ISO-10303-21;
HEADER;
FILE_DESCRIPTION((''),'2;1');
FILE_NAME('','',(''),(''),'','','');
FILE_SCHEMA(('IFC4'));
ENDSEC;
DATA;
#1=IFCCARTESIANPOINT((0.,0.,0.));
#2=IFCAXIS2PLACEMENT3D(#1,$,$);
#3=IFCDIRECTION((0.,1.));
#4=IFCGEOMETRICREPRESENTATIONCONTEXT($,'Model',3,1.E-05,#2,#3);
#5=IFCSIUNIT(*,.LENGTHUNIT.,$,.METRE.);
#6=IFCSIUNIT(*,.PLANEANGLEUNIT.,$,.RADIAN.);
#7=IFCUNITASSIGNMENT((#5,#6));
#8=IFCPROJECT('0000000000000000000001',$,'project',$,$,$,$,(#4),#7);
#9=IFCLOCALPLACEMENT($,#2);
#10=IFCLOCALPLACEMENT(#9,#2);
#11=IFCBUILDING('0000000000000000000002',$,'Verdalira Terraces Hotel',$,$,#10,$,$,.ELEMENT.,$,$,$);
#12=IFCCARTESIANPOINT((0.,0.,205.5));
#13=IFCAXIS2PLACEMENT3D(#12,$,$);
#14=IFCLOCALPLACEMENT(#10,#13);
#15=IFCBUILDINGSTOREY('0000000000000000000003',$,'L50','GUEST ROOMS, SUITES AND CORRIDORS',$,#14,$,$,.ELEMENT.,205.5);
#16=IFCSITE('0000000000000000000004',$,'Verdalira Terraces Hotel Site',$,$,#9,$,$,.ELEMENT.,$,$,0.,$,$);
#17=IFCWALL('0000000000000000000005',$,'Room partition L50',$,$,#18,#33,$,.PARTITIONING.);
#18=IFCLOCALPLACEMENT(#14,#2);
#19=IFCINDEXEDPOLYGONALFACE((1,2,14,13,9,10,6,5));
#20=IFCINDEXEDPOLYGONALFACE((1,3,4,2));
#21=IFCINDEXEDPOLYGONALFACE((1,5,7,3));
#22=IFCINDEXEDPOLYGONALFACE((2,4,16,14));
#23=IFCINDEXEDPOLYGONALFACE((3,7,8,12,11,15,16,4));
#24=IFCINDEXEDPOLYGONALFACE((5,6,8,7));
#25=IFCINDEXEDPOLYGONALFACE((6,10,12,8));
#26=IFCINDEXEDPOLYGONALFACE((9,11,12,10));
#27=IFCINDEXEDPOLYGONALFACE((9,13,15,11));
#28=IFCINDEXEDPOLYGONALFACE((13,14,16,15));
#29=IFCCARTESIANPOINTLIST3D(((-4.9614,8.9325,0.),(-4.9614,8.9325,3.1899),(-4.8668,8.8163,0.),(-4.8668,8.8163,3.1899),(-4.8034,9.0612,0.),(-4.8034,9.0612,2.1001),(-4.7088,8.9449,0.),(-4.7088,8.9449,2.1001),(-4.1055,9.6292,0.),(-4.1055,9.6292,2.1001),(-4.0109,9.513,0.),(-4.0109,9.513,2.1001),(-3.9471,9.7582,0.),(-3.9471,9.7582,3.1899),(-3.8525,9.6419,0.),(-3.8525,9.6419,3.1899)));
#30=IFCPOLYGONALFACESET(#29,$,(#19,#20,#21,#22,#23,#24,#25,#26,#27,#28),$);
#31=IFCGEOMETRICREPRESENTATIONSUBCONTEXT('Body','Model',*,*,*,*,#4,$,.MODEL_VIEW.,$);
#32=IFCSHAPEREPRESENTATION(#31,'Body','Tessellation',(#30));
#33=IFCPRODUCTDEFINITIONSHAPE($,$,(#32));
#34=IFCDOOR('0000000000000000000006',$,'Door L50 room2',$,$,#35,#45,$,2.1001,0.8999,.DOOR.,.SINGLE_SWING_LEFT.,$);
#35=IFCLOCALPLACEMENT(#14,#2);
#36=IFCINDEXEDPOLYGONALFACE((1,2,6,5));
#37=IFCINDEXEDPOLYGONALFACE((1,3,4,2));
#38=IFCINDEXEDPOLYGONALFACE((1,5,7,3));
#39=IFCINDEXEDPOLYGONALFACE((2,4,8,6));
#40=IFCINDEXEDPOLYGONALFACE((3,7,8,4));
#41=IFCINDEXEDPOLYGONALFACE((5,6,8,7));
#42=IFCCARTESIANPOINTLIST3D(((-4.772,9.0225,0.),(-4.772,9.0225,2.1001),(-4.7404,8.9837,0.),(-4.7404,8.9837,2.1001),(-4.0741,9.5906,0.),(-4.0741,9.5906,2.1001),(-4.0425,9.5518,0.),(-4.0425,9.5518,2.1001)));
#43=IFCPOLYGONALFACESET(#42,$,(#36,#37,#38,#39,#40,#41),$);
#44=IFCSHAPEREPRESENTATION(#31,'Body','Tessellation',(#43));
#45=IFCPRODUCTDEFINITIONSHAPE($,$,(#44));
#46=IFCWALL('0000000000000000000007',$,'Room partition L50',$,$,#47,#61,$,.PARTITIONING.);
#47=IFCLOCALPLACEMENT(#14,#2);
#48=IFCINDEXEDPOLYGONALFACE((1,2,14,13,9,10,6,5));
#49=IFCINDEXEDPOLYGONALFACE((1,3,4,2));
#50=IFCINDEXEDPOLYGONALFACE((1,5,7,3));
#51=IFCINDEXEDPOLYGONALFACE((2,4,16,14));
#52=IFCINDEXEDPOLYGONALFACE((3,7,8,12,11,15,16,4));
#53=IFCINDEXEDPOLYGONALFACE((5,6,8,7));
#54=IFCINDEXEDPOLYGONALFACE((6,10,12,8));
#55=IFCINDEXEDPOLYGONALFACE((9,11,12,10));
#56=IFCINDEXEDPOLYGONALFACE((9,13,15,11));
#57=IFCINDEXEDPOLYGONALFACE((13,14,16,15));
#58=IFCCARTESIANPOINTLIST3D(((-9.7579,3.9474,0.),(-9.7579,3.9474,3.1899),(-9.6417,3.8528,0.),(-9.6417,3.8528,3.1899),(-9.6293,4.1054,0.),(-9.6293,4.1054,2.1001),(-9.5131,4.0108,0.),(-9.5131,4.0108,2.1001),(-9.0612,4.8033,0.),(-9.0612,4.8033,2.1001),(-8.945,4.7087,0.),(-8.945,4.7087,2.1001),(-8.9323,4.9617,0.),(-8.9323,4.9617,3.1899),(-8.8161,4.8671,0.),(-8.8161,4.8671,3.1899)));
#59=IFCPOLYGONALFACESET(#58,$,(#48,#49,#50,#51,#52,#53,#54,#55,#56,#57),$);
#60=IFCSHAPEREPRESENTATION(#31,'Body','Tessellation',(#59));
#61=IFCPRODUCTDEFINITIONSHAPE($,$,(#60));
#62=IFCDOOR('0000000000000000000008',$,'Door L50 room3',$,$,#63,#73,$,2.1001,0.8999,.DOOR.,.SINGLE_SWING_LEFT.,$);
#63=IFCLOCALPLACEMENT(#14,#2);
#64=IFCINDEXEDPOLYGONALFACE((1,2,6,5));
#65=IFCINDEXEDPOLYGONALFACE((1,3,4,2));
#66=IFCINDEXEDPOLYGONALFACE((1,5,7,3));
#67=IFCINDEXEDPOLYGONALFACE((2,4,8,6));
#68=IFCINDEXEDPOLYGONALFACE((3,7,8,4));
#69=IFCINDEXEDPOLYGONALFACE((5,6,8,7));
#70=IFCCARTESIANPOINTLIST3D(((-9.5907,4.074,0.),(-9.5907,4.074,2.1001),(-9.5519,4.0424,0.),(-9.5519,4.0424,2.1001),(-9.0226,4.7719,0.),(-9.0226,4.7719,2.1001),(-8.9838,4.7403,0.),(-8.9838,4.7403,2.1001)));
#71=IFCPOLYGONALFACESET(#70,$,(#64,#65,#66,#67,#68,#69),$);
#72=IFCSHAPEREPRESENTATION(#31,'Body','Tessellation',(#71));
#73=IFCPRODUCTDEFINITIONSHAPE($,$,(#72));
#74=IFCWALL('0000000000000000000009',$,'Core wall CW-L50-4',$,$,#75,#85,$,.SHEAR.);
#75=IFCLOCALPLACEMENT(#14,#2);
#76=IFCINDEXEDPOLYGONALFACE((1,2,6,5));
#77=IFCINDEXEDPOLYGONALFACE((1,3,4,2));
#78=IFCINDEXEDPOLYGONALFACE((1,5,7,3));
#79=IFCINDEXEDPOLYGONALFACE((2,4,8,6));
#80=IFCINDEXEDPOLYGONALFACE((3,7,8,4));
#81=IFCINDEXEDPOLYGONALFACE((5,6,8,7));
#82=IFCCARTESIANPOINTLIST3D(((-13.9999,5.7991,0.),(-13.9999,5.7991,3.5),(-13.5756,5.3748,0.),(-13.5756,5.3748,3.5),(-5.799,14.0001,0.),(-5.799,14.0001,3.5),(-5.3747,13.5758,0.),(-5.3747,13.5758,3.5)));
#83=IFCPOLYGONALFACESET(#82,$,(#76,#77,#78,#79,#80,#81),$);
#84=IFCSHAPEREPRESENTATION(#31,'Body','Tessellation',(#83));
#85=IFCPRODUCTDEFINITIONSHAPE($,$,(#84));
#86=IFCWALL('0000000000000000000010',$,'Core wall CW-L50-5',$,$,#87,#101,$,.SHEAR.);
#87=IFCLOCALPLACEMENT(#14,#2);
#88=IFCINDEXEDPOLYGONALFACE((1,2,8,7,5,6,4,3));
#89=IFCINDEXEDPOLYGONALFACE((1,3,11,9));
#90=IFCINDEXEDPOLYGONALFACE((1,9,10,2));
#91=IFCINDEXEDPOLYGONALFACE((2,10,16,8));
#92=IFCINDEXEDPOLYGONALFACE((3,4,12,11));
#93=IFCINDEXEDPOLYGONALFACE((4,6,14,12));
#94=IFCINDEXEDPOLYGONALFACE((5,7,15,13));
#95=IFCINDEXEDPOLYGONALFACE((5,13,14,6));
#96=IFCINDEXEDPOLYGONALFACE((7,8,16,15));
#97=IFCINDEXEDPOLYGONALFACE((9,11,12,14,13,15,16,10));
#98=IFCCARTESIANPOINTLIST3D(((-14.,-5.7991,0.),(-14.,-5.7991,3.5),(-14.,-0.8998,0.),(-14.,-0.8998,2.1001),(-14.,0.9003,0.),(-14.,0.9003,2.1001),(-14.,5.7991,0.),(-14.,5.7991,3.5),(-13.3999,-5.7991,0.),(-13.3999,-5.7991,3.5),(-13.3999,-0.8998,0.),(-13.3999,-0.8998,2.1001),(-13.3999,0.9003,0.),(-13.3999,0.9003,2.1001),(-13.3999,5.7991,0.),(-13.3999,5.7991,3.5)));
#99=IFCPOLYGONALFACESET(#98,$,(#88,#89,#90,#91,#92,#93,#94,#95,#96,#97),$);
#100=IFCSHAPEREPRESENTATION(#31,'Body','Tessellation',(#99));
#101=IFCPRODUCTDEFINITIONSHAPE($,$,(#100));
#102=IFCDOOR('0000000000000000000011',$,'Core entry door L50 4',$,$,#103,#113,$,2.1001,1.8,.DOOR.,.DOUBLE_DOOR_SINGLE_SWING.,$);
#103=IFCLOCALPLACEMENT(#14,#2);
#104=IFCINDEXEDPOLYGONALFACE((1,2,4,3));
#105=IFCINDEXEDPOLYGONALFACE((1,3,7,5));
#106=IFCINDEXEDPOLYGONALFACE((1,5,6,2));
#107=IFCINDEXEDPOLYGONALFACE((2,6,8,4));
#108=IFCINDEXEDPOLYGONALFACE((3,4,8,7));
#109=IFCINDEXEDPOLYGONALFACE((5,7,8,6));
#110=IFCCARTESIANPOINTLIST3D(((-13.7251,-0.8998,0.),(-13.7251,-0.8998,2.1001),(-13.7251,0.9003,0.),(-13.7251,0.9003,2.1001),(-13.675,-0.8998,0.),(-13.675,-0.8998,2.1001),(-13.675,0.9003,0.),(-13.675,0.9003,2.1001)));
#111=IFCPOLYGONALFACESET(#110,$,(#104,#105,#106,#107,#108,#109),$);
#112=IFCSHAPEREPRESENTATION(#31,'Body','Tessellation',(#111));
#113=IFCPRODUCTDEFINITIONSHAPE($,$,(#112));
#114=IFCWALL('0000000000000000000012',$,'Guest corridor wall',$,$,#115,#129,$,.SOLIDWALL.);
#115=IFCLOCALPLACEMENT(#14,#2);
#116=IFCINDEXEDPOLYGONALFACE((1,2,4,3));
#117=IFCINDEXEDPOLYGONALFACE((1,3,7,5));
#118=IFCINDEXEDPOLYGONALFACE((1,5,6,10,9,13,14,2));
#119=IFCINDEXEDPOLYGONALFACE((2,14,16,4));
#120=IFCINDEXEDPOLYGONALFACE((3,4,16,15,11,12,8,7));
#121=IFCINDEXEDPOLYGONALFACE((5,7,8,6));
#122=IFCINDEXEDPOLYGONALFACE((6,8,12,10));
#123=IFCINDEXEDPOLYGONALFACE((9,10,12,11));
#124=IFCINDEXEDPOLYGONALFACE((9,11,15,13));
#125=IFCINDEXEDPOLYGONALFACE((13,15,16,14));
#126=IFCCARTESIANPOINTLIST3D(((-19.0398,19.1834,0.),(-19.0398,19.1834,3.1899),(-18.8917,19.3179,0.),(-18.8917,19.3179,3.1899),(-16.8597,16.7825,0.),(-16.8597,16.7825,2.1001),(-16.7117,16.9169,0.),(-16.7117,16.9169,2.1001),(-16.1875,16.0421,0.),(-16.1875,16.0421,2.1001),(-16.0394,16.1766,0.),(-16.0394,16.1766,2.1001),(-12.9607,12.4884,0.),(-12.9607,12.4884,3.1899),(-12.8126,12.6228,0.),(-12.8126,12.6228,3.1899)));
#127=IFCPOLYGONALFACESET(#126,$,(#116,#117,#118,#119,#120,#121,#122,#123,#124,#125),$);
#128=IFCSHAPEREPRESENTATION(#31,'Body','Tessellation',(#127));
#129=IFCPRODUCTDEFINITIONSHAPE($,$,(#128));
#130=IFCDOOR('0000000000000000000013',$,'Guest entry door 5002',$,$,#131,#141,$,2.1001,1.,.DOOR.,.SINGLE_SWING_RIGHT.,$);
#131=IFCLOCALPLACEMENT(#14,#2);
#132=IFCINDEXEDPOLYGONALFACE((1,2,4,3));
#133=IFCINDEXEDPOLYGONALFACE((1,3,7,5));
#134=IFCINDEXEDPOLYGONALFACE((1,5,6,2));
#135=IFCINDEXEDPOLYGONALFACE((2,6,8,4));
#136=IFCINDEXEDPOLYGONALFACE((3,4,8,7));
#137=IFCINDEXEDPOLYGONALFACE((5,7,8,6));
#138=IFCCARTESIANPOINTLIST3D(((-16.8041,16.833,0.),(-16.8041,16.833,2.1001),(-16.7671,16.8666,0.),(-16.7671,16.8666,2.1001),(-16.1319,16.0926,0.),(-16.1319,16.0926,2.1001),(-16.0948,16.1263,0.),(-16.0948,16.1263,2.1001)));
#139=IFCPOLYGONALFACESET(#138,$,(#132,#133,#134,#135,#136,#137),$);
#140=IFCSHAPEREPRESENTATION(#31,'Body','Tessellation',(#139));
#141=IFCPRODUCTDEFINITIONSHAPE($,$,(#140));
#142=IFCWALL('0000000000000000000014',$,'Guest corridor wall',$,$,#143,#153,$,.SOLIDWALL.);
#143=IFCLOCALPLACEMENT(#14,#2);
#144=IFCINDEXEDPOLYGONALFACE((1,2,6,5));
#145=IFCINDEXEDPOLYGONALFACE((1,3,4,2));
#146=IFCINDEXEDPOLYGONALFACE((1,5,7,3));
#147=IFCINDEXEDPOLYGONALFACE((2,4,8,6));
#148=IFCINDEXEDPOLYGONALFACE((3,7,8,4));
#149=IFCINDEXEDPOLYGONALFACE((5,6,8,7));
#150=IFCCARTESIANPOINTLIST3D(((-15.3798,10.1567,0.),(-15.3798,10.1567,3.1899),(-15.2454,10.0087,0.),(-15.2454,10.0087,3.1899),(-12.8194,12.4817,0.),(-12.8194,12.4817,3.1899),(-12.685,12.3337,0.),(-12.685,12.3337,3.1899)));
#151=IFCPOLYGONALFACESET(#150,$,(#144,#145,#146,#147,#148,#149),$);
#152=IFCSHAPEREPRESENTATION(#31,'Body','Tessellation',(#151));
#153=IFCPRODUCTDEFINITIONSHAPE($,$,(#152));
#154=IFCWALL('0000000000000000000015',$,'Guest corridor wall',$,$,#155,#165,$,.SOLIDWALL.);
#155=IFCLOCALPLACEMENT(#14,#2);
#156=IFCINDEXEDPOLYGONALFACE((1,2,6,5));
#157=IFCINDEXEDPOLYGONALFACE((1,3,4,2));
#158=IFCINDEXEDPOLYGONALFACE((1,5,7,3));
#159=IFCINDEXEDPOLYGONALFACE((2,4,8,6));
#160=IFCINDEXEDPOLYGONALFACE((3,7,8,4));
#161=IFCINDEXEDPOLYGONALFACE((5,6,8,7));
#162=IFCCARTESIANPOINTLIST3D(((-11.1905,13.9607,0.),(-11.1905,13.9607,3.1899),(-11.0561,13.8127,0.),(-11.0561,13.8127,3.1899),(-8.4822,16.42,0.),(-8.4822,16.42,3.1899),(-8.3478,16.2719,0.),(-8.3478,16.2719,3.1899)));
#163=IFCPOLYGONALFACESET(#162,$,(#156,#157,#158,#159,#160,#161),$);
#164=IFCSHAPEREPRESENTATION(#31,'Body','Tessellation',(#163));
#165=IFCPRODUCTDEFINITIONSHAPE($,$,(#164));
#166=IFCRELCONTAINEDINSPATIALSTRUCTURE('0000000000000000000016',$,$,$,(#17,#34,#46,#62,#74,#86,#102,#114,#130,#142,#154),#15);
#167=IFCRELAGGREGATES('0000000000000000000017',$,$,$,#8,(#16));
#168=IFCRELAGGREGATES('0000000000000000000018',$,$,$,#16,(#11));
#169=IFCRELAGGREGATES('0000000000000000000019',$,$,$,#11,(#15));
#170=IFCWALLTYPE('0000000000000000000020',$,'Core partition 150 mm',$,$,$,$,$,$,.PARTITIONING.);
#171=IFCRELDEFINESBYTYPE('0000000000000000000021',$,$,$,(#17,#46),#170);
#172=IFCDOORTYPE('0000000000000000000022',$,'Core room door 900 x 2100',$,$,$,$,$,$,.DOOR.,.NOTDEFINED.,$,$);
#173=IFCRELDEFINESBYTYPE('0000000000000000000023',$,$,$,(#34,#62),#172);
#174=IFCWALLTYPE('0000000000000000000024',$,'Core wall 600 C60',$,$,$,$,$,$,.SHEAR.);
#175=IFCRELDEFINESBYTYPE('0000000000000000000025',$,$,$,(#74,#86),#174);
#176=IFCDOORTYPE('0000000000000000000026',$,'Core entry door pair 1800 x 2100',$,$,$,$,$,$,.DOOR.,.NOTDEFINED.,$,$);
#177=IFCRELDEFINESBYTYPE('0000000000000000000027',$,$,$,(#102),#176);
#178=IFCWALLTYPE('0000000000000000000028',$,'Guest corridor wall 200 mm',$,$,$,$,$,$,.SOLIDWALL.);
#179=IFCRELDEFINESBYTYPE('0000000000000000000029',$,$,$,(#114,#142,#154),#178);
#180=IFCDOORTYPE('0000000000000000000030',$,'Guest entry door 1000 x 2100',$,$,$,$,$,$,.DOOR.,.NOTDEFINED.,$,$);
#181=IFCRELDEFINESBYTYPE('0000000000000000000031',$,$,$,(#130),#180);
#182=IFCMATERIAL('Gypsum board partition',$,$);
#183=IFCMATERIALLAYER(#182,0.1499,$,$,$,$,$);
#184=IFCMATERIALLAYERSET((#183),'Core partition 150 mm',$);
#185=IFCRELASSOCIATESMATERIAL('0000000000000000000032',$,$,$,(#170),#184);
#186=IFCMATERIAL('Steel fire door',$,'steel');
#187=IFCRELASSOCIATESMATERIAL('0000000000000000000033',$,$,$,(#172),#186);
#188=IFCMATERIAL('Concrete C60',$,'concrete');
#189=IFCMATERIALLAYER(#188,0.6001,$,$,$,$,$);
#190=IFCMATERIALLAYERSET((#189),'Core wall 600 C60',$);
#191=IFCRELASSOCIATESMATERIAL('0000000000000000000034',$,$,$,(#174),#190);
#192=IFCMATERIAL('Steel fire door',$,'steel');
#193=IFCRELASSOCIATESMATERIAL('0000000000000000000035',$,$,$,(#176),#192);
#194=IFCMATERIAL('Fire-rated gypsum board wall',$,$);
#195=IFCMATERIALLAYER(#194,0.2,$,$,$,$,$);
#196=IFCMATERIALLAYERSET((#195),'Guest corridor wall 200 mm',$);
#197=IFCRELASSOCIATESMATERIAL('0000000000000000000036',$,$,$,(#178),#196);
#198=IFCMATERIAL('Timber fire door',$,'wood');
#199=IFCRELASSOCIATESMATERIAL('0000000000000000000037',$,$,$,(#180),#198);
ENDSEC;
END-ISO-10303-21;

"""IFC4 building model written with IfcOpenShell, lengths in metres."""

from ifc_helpers import new_model, si_unit, direction, frame, frame_2d, origin, place, context, subcontext, project, spatial, rectangle, extrude, material, layer, layer_set, type_object, element, fill, save


model = new_model("IFC4")

# Units and contexts
model_context = context("Model", 3, precision=1e-05, world=origin(), true_north=direction((0.0, 1.0)))
body_context = subcontext(model_context, "Body", "Model", "MODEL_VIEW")
ifc_project = project(units=[si_unit("LENGTHUNIT", "METRE"), si_unit("PLANEANGLEUNIT", "RADIAN")], contexts=[model_context])

# Site, building, storey
site_placement = place(None, origin())
site = spatial("IfcSite", under=ifc_project, at=site_placement, Name="Verdalira Terraces Hotel Site", CompositionType="ELEMENT", RefElevation=0.0)
building_placement = place(site_placement, origin())
building = spatial("IfcBuilding", under=site, at=building_placement, Name="Verdalira Terraces Hotel", CompositionType="ELEMENT")
storey_placement = place(building_placement, frame((0.0, 0.0, 205.5)))
storey = spatial("IfcBuildingStorey", under=building, at=storey_placement, Name="L50", Description="GUEST ROOMS, SUITES AND CORRIDORS", CompositionType="ELEMENT", Elevation=205.5)

# Walls, openings, doors
ifc_material_1 = material(Name="Gypsum board partition")
ifc_layer_1 = layer(ifc_material_1, 0.1499)
ifc_layer_set_1 = layer_set([ifc_layer_1], Name="Core partition 150 mm")
wall_type_1 = type_object("IfcWallType", Name="Core partition 150 mm", PredefinedType="PARTITIONING", material=ifc_layer_set_1)
wall_1_placement = place(storey_placement, frame((-3.8999, 9.7, 0.0), z_axis=(0.0, 0.0, 1.0), x_axis=(-0.77556, -0.631274, 0.0)))
wall_1 = element("IfcWall", 1, at=wall_1_placement, inside=storey, type_object=wall_type_1, Name="Room partition L50", PredefinedType="PARTITIONING", context=body_context, shape_type="SweptSolid", body=[
    extrude(rectangle(XDim=1.3079, YDim=0.1499, at=frame_2d((0.6538, 0.0))), origin(), (0.0, 0.0, 1.0), 3.1899),
])
opening_1_placement = place(wall_1_placement, frame((0.2041, 0.0, 0.0)))
opening_1 = element("IfcOpeningElement", 2, at=opening_1_placement, cuts=wall_1, PredefinedType="OPENING", context=body_context, shape_type="SweptSolid", body=[
    extrude(rectangle(XDim=0.8999, YDim=2.1001, at=frame_2d((0.45, 1.05))), frame((0.0, 0.085, 0.0), z_axis=(0.0, -1.0, 0.0), x_axis=(1.0, 0.0, 0.0)), (0.0, 0.0, 1.0), 0.1699),
])
ifc_material_2 = material(Name="Steel fire door", Category="steel")
door_type_1 = type_object("IfcDoorType", Name="Core room door 900 x 2100", OperationType="NOTDEFINED", PredefinedType="DOOR", material=ifc_material_2)
door_1_placement = place(opening_1_placement, origin())
door_1 = element("IfcDoor", 3, at=door_1_placement, inside=storey, type_object=door_type_1, Name="Door L50 room2", OperationType="SINGLE_SWING_LEFT", OverallHeight=2.1001, OverallWidth=0.8999, PredefinedType="DOOR", context=body_context, shape_type="SweptSolid", body=[
    extrude(rectangle(XDim=0.8999, YDim=2.1001, at=frame_2d((0.45, 1.05))), frame((0.0, 0.0249, 0.0), z_axis=(0.0, -1.0, 0.0), x_axis=(1.0, 0.0, 0.0)), (0.0, 0.0, 1.0), 0.05),
])
fill(opening_1, door_1)
wall_2_placement = place(storey_placement, frame((-8.8743, 4.9143, 0.0), z_axis=(0.0, 0.0, 1.0), x_axis=(-0.631274, -0.77556, 0.0)))
wall_2 = element("IfcWall", 4, at=wall_2_placement, inside=storey, type_object=wall_type_1, Name="Room partition L50", PredefinedType="PARTITIONING", context=body_context, shape_type="SweptSolid", body=[
    extrude(rectangle(XDim=1.3079, YDim=0.1499, at=frame_2d((0.6538, 0.0))), origin(), (0.0, 0.0, 1.0), 3.1899),
])
opening_2_placement = place(wall_2_placement, frame((0.2041, 0.0, 0.0)))
opening_2 = element("IfcOpeningElement", 5, at=opening_2_placement, cuts=wall_2, PredefinedType="OPENING", context=body_context, shape_type="SweptSolid", body=[
    extrude(rectangle(XDim=0.8999, YDim=2.1001, at=frame_2d((0.45, 1.05))), frame((0.0, 0.085, 0.0), z_axis=(0.0, -1.0, 0.0), x_axis=(1.0, 0.0, 0.0)), (0.0, 0.0, 1.0), 0.1699),
])
door_2_placement = place(opening_2_placement, origin())
door_2 = element("IfcDoor", 6, at=door_2_placement, inside=storey, type_object=door_type_1, Name="Door L50 room3", OperationType="SINGLE_SWING_LEFT", OverallHeight=2.1001, OverallWidth=0.8999, PredefinedType="DOOR", context=body_context, shape_type="SweptSolid", body=[
    extrude(rectangle(XDim=0.8999, YDim=2.1001, at=frame_2d((0.45, 1.05))), frame((0.0, 0.0249, 0.0), z_axis=(0.0, -1.0, 0.0), x_axis=(1.0, 0.0, 0.0)), (0.0, 0.0, 1.0), 0.05),
])
fill(opening_2, door_2)

# Wall
ifc_material_3 = material(Name="Concrete C60", Category="concrete")
ifc_layer_2 = layer(ifc_material_3, 0.6001)
ifc_layer_set_2 = layer_set([ifc_layer_2], Name="Core wall 600 C60")
wall_type_2 = type_object("IfcWallType", Name="Core wall 600 C60", PredefinedType="SHEAR", material=ifc_layer_set_2)
wall_3_placement = place(storey_placement, frame((-5.5869, 13.7878, 0.0), z_axis=(0.0, 0.0, 1.0), x_axis=(-0.707107, -0.707107, 0.0)))
element("IfcWall", 7, at=wall_3_placement, inside=storey, type_object=wall_type_2, Name="Core wall CW-L50-4", PredefinedType="SHEAR", context=body_context, shape_type="SweptSolid", body=[
    extrude(rectangle(XDim=11.5979, YDim=0.6001, at=frame_2d((5.7988, 0.0))), origin(), (0.0, 0.0, 1.0), 3.5),
])

# Walls, openings, doors
wall_4_placement = place(storey_placement, frame((-13.7, 5.7991, 0.0), z_axis=(0.0, 0.0, 1.0), x_axis=(0.0, -1.0, 0.0)))
wall_4 = element("IfcWall", 8, at=wall_4_placement, inside=storey, type_object=wall_type_2, Name="Core wall CW-L50-5", PredefinedType="SHEAR", context=body_context, shape_type="SweptSolid", body=[
    extrude(rectangle(XDim=11.5981, YDim=0.6001, at=frame_2d((5.7991, 0.0))), origin(), (0.0, 0.0, 1.0), 3.5),
])
opening_3_placement = place(wall_4_placement, frame((4.8989, 0.0, 0.0)))
opening_3 = element("IfcOpeningElement", 9, at=opening_3_placement, cuts=wall_4, PredefinedType="OPENING", context=body_context, shape_type="SweptSolid", body=[
    extrude(rectangle(XDim=1.8, YDim=2.1001, at=frame_2d((0.8999, 1.05))), frame((0.0, 0.3101, 0.0), z_axis=(0.0, -1.0, 0.0), x_axis=(1.0, 0.0, 0.0)), (0.0, 0.0, 1.0), 0.6201),
])
ifc_material_4 = material(Name="Steel fire door", Category="steel")
door_type_2 = type_object("IfcDoorType", Name="Core entry door pair 1800 x 2100", OperationType="NOTDEFINED", PredefinedType="DOOR", material=ifc_material_4)
door_3_placement = place(opening_3_placement, origin())
door_3 = element("IfcDoor", 10, at=door_3_placement, inside=storey, type_object=door_type_2, Name="Core entry door L50 4", OperationType="DOUBLE_DOOR_SINGLE_SWING", OverallHeight=2.1001, OverallWidth=1.8, PredefinedType="DOOR", context=body_context, shape_type="SweptSolid", body=[
    extrude(rectangle(XDim=1.8, YDim=2.1001, at=frame_2d((0.8999, 1.05))), frame((0.0, 0.0249, 0.0), z_axis=(0.0, -1.0, 0.0), x_axis=(1.0, 0.0, 0.0)), (0.0, 0.0, 1.0), 0.05),
])
fill(opening_3, door_3)
ifc_material_5 = material(Name="Fire-rated gypsum board wall")
ifc_layer_3 = layer(ifc_material_5, 0.2)
ifc_layer_set_3 = layer_set([ifc_layer_3], Name="Guest corridor wall 200 mm")
wall_type_3 = type_object("IfcWallType", Name="Guest corridor wall 200 mm", PredefinedType="SOLIDWALL", material=ifc_layer_set_3)
wall_5_placement = place(storey_placement, frame((-12.8867, 12.5557, 0.0), z_axis=(0.0, 0.0, 1.0), x_axis=(-0.672229, 0.740343, 0.0)))
wall_5 = element("IfcWall", 11, at=wall_5_placement, inside=storey, type_object=wall_type_3, Name="Guest corridor wall", PredefinedType="SOLIDWALL", context=body_context, shape_type="SweptSolid", body=[
    extrude(rectangle(XDim=9.0432, YDim=0.2, at=frame_2d((4.5215, 0.0))), origin(), (0.0, 0.0, 1.0), 3.1899),
])
opening_4_placement = place(wall_5_placement, frame((4.8, 0.0, 0.0)))
opening_4 = element("IfcOpeningElement", 12, at=opening_4_placement, cuts=wall_5, PredefinedType="OPENING", context=body_context, shape_type="SweptSolid", body=[
    extrude(rectangle(XDim=1.0, YDim=2.1001, at=frame_2d((0.5, 1.05))), frame((0.0, 0.1099, 0.0), z_axis=(0.0, -1.0, 0.0), x_axis=(1.0, 0.0, 0.0)), (0.0, 0.0, 1.0), 0.22),
])
ifc_material_6 = material(Name="Timber fire door", Category="wood")
door_type_3 = type_object("IfcDoorType", Name="Guest entry door 1000 x 2100", OperationType="NOTDEFINED", PredefinedType="DOOR", material=ifc_material_6)
door_4_placement = place(opening_4_placement, origin())
door_4 = element("IfcDoor", 13, at=door_4_placement, inside=storey, type_object=door_type_3, Name="Guest entry door 5002", OperationType="SINGLE_SWING_RIGHT", OverallHeight=2.1001, OverallWidth=1.0, PredefinedType="DOOR", context=body_context, shape_type="SweptSolid", body=[
    extrude(rectangle(XDim=1.0, YDim=2.1001, at=frame_2d((0.5, 1.05))), frame((0.0, 0.0249, 0.0), z_axis=(0.0, -1.0, 0.0), x_axis=(1.0, 0.0, 0.0)), (0.0, 0.0, 1.0), 0.05),
])
fill(opening_4, door_4)

# Walls
wall_6_placement = place(storey_placement, frame((-12.7522, 12.4077, 0.0), z_axis=(0.0, 0.0, 1.0), x_axis=(-0.740314, -0.672262, 0.0)))
element("IfcWall", 14, at=wall_6_placement, inside=storey, type_object=wall_type_3, Name="Guest corridor wall", PredefinedType="SOLIDWALL", context=body_context, shape_type="SweptSolid", body=[
    extrude(rectangle(XDim=3.4585, YDim=0.2, at=frame_2d((1.7292, 0.0))), origin(), (0.0, 0.0, 1.0), 3.1899),
])
wall_7_placement = place(storey_placement, frame((-8.415, 16.3459, 0.0), z_axis=(0.0, 0.0, 1.0), x_axis=(-0.740323, -0.672251, 0.0)))
element("IfcWall", 15, at=wall_7_placement, inside=storey, type_object=wall_type_3, Name="Guest corridor wall", PredefinedType="SOLIDWALL", context=body_context, shape_type="SweptSolid", body=[
    extrude(rectangle(XDim=3.6582, YDim=0.2, at=frame_2d((1.8291, 0.0))), origin(), (0.0, 0.0, 1.0), 3.1899),
])

save(model, "model.ifc")
